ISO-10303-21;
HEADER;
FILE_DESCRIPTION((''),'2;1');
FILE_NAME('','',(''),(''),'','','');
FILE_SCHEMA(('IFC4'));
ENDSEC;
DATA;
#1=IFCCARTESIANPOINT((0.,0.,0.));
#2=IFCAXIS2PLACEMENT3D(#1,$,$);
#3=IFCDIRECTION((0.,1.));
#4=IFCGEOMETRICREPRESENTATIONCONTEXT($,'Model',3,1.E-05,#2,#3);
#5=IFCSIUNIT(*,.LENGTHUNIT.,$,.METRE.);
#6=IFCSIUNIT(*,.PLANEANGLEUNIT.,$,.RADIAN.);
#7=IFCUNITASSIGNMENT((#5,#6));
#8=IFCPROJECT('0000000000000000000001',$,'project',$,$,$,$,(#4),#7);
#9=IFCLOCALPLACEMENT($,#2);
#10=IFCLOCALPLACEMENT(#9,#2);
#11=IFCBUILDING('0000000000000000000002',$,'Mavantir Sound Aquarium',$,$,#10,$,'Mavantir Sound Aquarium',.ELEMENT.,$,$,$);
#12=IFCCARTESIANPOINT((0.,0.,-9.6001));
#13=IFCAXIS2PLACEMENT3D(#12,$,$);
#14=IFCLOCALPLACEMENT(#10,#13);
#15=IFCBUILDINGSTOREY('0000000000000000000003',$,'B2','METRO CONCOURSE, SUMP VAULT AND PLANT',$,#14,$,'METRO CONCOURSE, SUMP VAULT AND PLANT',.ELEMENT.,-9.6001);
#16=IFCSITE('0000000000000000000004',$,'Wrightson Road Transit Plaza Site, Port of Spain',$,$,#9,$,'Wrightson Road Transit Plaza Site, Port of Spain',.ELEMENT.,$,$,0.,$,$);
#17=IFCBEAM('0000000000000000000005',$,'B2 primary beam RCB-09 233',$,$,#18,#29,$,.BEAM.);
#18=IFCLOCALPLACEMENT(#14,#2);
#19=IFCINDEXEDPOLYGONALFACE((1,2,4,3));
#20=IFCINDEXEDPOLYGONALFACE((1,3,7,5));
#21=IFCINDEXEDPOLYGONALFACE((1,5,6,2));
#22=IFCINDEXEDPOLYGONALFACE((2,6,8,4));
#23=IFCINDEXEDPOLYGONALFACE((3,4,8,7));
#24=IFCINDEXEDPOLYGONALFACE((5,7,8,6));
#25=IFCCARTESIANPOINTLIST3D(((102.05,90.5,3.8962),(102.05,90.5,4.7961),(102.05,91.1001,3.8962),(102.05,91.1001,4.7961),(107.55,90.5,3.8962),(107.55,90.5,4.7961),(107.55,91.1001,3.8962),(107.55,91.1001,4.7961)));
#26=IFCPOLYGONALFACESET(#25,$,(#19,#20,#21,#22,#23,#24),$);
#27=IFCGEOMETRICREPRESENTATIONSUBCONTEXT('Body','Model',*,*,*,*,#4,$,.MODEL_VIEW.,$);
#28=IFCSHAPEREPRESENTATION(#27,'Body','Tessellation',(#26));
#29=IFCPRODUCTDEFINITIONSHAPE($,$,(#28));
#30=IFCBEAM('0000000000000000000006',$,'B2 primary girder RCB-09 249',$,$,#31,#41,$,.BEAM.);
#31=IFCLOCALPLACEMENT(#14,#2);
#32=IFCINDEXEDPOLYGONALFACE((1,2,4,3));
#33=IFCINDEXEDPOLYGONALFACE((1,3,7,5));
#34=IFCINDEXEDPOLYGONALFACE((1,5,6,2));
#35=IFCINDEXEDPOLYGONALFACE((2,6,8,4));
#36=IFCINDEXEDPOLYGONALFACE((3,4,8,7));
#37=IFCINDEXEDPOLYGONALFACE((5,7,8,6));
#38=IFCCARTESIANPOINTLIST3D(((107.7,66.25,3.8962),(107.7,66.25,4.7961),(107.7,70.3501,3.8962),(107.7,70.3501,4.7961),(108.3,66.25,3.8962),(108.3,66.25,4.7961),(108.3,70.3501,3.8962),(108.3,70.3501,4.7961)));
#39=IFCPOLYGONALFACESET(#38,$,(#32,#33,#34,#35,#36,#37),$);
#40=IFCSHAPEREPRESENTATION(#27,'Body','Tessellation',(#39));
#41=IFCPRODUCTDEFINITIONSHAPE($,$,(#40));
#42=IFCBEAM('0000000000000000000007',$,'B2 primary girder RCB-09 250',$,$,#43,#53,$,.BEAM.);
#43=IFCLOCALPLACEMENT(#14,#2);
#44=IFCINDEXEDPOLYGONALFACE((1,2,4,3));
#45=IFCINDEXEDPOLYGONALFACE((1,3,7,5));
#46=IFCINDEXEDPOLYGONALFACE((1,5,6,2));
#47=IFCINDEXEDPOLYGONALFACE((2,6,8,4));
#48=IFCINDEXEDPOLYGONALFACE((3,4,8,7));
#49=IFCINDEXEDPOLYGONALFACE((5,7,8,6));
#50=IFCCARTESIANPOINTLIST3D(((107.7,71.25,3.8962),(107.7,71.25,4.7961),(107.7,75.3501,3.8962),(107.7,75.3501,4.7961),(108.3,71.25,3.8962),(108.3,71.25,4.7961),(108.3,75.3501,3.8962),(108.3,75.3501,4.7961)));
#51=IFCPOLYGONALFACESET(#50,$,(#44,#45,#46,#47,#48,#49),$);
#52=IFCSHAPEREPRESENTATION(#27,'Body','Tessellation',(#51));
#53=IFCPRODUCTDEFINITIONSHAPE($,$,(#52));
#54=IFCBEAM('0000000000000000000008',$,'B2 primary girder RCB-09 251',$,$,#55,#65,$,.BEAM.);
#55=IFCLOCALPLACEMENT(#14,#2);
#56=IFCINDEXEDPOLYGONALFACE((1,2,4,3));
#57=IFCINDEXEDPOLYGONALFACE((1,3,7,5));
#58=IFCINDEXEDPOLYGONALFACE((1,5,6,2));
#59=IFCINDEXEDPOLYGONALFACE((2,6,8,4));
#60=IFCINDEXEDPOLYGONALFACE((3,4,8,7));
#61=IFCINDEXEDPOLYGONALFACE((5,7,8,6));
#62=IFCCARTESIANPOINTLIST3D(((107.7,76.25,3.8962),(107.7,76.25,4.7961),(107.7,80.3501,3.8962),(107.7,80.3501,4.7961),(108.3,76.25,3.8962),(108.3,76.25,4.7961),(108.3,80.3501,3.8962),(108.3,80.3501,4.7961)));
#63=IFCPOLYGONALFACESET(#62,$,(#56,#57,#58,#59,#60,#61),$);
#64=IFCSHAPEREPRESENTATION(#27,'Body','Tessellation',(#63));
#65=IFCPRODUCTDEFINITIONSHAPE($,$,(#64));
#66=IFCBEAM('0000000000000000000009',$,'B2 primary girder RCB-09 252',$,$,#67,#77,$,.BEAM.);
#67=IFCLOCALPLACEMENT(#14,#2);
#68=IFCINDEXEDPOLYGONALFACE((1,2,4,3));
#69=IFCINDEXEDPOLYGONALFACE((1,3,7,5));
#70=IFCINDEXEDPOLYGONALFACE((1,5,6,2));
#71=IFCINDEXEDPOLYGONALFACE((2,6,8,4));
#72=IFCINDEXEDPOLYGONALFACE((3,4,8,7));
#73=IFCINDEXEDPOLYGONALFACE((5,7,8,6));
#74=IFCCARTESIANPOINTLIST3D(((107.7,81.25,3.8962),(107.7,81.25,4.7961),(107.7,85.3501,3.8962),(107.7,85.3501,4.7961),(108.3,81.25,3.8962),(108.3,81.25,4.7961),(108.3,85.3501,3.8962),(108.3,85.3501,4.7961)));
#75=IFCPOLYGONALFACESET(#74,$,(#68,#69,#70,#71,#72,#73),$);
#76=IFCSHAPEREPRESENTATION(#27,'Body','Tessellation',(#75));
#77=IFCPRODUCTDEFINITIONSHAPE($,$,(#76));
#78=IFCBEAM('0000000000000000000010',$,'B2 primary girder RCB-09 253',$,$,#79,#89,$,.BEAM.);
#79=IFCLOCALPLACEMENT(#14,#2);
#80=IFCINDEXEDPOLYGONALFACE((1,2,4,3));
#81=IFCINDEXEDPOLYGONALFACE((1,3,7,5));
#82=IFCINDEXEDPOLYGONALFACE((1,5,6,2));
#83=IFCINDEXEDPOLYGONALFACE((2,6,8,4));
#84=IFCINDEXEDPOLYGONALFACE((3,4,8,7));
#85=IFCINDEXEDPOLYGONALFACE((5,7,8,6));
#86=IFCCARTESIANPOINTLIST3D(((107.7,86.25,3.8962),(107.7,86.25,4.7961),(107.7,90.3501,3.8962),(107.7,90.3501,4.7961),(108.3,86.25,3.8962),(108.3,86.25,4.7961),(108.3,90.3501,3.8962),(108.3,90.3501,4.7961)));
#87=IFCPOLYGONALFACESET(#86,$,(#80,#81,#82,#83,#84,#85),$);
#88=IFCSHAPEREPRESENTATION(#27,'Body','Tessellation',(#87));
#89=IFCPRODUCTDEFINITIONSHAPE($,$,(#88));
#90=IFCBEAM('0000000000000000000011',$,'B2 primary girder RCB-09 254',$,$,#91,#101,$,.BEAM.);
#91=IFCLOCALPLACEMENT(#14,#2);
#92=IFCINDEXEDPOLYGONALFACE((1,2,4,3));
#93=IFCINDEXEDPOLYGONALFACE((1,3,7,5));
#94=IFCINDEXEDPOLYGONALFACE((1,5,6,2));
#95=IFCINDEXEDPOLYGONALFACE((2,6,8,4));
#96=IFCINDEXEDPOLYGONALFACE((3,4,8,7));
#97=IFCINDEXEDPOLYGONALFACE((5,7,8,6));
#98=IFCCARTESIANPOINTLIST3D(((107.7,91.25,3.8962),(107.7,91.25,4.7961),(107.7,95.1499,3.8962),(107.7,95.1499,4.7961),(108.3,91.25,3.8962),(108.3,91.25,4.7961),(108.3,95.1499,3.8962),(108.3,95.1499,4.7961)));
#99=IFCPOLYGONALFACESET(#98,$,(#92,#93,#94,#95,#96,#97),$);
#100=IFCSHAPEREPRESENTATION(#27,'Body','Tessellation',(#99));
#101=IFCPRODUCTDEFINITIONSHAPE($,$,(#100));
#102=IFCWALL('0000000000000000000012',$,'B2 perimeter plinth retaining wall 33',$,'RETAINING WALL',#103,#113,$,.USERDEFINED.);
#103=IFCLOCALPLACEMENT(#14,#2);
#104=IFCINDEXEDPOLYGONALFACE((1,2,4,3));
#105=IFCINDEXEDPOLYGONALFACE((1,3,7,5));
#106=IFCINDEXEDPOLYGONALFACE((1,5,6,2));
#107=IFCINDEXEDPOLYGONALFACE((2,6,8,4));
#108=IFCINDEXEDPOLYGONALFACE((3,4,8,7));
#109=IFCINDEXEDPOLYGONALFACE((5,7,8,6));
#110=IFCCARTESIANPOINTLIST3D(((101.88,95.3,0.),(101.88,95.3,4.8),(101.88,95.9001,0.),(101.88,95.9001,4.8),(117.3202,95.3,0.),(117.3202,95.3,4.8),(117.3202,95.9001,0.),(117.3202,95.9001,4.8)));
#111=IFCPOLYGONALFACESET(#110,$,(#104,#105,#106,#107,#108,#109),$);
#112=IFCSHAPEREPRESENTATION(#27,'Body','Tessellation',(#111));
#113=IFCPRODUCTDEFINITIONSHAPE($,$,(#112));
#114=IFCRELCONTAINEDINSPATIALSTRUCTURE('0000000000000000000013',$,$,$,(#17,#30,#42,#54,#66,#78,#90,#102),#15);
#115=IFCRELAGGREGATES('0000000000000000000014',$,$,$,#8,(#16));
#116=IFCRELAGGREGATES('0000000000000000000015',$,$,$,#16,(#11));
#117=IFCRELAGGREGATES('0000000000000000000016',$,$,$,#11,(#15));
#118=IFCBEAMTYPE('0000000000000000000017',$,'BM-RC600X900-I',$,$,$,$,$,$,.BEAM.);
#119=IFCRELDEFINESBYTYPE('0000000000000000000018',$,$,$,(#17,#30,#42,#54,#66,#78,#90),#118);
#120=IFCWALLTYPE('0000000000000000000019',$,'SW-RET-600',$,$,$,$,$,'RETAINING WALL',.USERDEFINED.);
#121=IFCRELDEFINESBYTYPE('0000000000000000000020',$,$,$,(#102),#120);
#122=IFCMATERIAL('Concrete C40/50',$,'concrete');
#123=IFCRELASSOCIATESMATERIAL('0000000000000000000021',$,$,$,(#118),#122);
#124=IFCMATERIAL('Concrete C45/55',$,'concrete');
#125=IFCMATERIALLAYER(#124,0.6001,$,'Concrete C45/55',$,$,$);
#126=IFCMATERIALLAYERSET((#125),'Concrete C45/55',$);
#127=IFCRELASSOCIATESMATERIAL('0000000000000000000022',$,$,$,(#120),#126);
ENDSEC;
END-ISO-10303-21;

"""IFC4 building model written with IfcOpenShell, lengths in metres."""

from ifc_helpers import new_model, si_unit, direction, frame, frame_2d, origin, origin_2d, place, context, subcontext, project, spatial, rectangle, extrude, material, layer, layer_set, material_profile, profile_set, type_object, element, save


model = new_model("IFC4")

# Units and contexts
model_context = context("Model", 3, precision=1e-05, world=origin(), true_north=direction((0.0, 1.0)))
body_context = subcontext(model_context, "Body", "Model", "MODEL_VIEW")
ifc_project = project(units=[si_unit("LENGTHUNIT", "METRE"), si_unit("PLANEANGLEUNIT", "RADIAN")], contexts=[model_context])

# Site, building, storey
site_placement = place(None, origin())
site = spatial("IfcSite", under=ifc_project, at=site_placement, Name="Wrightson Road Transit Plaza Site, Port of Spain", LongName="Wrightson Road Transit Plaza Site, Port of Spain", CompositionType="ELEMENT", RefElevation=0.0)
building_placement = place(site_placement, origin())
building = spatial("IfcBuilding", under=site, at=building_placement, Name="Mavantir Sound Aquarium", LongName="Mavantir Sound Aquarium", CompositionType="ELEMENT")
storey_placement = place(building_placement, frame((0.0, 0.0, -9.6001)))
storey = spatial("IfcBuildingStorey", under=building, at=storey_placement, Name="B2", Description="METRO CONCOURSE, SUMP VAULT AND PLANT", LongName="METRO CONCOURSE, SUMP VAULT AND PLANT", CompositionType="ELEMENT", Elevation=-9.6001)

# Shared definitions
ifc_material_1 = material(Name="Concrete C40/50", Category="concrete")

# Beams
ifc_material_profile_1 = material_profile(ifc_material_1, rectangle(XDim=0.6001, YDim=0.8999, at=origin_2d()), Name="RC 600X900")
ifc_profile_set_1 = profile_set([ifc_material_profile_1], Name="Concrete C40/50")
beam_type_1 = type_object("IfcBeamType", Name="BM-RC600X900-I", PredefinedType="BEAM", material=ifc_profile_set_1)
beam_1_placement = place(storey_placement, frame((102.05, 90.8, 4.3462), z_axis=(1.0, 0.0, 0.0), x_axis=(0.0, 1.0, 0.0)))
element("IfcBeam", 1, at=beam_1_placement, inside=storey, type_object=beam_type_1, Name="B2 primary beam RCB-09 233", PredefinedType="BEAM", context=body_context, shape_type="SweptSolid", body=[
    extrude(rectangle(XDim=0.6001, YDim=0.8999, at=origin_2d()), origin(), (0.0, 0.0, 1.0), 5.5),
])
for number, where, z_axis, x_axis, name in (
    (2, (108.0, 66.25, 4.3462), (0.0, 1.0, 0.0), (-1.0, 0.0, 0.0), "B2 primary girder RCB-09 249"),
    (3, (108.0, 71.25, 4.3462), (0.0, 1.0, 0.0), (-1.0, 0.0, 0.0), "B2 primary girder RCB-09 250"),
    (4, (108.0, 76.25, 4.3462), (0.0, 1.0, 0.0), (-1.0, 0.0, 0.0), "B2 primary girder RCB-09 251"),
    (5, (108.0, 81.25, 4.3462), (0.0, 1.0, 0.0), (-1.0, 0.0, 0.0), "B2 primary girder RCB-09 252"),
    (6, (108.0, 86.25, 4.3462), (0.0, 1.0, 0.0), (-1.0, 0.0, 0.0), "B2 primary girder RCB-09 253"),
):
    element("IfcBeam", number, at=place(storey_placement, frame(where, z_axis=z_axis, x_axis=x_axis)), inside=storey, type_object=beam_type_1, Name=name, PredefinedType="BEAM", context=body_context, shape_type="SweptSolid", body=[
        extrude(rectangle(XDim=0.6001, YDim=0.8999, at=origin_2d()), origin(), (0.0, 0.0, 1.0), 4.1001),
    ])
beam_2_placement = place(storey_placement, frame((108.0, 91.25, 4.3462), z_axis=(0.0, 1.0, 0.0), x_axis=(-1.0, 0.0, 0.0)))
element("IfcBeam", 7, at=beam_2_placement, inside=storey, type_object=beam_type_1, Name="B2 primary girder RCB-09 254", PredefinedType="BEAM", context=body_context, shape_type="SweptSolid", body=[
    extrude(rectangle(XDim=0.6001, YDim=0.8999, at=origin_2d()), origin(), (0.0, 0.0, 1.0), 3.8999),
])

# Wall
ifc_material_2 = material(Name="Concrete C45/55", Category="concrete")
ifc_layer = layer(ifc_material_2, 0.6001, Name="Concrete C45/55")
ifc_layer_set = layer_set([ifc_layer], Name="Concrete C45/55")
wall_type = type_object("IfcWallType", Name="SW-RET-600", ElementType="RETAINING WALL", PredefinedType="USERDEFINED", material=ifc_layer_set)
wall_placement = place(storey_placement, frame((101.8799, 95.6001, 0.0), z_axis=(0.0, 0.0, 1.0), x_axis=(1.0, 0.0, 0.0)))
element("IfcWall", 8, at=wall_placement, inside=storey, type_object=wall_type, Name="B2 perimeter plinth retaining wall 33", ObjectType="RETAINING WALL", PredefinedType="USERDEFINED", context=body_context, shape_type="SweptSolid", body=[
    extrude(rectangle(XDim=15.4402, YDim=0.6001, at=frame_2d((7.7202, 0.0))), origin(), (0.0, 0.0, 1.0), 4.8),
])

save(model, "model.ifc")
